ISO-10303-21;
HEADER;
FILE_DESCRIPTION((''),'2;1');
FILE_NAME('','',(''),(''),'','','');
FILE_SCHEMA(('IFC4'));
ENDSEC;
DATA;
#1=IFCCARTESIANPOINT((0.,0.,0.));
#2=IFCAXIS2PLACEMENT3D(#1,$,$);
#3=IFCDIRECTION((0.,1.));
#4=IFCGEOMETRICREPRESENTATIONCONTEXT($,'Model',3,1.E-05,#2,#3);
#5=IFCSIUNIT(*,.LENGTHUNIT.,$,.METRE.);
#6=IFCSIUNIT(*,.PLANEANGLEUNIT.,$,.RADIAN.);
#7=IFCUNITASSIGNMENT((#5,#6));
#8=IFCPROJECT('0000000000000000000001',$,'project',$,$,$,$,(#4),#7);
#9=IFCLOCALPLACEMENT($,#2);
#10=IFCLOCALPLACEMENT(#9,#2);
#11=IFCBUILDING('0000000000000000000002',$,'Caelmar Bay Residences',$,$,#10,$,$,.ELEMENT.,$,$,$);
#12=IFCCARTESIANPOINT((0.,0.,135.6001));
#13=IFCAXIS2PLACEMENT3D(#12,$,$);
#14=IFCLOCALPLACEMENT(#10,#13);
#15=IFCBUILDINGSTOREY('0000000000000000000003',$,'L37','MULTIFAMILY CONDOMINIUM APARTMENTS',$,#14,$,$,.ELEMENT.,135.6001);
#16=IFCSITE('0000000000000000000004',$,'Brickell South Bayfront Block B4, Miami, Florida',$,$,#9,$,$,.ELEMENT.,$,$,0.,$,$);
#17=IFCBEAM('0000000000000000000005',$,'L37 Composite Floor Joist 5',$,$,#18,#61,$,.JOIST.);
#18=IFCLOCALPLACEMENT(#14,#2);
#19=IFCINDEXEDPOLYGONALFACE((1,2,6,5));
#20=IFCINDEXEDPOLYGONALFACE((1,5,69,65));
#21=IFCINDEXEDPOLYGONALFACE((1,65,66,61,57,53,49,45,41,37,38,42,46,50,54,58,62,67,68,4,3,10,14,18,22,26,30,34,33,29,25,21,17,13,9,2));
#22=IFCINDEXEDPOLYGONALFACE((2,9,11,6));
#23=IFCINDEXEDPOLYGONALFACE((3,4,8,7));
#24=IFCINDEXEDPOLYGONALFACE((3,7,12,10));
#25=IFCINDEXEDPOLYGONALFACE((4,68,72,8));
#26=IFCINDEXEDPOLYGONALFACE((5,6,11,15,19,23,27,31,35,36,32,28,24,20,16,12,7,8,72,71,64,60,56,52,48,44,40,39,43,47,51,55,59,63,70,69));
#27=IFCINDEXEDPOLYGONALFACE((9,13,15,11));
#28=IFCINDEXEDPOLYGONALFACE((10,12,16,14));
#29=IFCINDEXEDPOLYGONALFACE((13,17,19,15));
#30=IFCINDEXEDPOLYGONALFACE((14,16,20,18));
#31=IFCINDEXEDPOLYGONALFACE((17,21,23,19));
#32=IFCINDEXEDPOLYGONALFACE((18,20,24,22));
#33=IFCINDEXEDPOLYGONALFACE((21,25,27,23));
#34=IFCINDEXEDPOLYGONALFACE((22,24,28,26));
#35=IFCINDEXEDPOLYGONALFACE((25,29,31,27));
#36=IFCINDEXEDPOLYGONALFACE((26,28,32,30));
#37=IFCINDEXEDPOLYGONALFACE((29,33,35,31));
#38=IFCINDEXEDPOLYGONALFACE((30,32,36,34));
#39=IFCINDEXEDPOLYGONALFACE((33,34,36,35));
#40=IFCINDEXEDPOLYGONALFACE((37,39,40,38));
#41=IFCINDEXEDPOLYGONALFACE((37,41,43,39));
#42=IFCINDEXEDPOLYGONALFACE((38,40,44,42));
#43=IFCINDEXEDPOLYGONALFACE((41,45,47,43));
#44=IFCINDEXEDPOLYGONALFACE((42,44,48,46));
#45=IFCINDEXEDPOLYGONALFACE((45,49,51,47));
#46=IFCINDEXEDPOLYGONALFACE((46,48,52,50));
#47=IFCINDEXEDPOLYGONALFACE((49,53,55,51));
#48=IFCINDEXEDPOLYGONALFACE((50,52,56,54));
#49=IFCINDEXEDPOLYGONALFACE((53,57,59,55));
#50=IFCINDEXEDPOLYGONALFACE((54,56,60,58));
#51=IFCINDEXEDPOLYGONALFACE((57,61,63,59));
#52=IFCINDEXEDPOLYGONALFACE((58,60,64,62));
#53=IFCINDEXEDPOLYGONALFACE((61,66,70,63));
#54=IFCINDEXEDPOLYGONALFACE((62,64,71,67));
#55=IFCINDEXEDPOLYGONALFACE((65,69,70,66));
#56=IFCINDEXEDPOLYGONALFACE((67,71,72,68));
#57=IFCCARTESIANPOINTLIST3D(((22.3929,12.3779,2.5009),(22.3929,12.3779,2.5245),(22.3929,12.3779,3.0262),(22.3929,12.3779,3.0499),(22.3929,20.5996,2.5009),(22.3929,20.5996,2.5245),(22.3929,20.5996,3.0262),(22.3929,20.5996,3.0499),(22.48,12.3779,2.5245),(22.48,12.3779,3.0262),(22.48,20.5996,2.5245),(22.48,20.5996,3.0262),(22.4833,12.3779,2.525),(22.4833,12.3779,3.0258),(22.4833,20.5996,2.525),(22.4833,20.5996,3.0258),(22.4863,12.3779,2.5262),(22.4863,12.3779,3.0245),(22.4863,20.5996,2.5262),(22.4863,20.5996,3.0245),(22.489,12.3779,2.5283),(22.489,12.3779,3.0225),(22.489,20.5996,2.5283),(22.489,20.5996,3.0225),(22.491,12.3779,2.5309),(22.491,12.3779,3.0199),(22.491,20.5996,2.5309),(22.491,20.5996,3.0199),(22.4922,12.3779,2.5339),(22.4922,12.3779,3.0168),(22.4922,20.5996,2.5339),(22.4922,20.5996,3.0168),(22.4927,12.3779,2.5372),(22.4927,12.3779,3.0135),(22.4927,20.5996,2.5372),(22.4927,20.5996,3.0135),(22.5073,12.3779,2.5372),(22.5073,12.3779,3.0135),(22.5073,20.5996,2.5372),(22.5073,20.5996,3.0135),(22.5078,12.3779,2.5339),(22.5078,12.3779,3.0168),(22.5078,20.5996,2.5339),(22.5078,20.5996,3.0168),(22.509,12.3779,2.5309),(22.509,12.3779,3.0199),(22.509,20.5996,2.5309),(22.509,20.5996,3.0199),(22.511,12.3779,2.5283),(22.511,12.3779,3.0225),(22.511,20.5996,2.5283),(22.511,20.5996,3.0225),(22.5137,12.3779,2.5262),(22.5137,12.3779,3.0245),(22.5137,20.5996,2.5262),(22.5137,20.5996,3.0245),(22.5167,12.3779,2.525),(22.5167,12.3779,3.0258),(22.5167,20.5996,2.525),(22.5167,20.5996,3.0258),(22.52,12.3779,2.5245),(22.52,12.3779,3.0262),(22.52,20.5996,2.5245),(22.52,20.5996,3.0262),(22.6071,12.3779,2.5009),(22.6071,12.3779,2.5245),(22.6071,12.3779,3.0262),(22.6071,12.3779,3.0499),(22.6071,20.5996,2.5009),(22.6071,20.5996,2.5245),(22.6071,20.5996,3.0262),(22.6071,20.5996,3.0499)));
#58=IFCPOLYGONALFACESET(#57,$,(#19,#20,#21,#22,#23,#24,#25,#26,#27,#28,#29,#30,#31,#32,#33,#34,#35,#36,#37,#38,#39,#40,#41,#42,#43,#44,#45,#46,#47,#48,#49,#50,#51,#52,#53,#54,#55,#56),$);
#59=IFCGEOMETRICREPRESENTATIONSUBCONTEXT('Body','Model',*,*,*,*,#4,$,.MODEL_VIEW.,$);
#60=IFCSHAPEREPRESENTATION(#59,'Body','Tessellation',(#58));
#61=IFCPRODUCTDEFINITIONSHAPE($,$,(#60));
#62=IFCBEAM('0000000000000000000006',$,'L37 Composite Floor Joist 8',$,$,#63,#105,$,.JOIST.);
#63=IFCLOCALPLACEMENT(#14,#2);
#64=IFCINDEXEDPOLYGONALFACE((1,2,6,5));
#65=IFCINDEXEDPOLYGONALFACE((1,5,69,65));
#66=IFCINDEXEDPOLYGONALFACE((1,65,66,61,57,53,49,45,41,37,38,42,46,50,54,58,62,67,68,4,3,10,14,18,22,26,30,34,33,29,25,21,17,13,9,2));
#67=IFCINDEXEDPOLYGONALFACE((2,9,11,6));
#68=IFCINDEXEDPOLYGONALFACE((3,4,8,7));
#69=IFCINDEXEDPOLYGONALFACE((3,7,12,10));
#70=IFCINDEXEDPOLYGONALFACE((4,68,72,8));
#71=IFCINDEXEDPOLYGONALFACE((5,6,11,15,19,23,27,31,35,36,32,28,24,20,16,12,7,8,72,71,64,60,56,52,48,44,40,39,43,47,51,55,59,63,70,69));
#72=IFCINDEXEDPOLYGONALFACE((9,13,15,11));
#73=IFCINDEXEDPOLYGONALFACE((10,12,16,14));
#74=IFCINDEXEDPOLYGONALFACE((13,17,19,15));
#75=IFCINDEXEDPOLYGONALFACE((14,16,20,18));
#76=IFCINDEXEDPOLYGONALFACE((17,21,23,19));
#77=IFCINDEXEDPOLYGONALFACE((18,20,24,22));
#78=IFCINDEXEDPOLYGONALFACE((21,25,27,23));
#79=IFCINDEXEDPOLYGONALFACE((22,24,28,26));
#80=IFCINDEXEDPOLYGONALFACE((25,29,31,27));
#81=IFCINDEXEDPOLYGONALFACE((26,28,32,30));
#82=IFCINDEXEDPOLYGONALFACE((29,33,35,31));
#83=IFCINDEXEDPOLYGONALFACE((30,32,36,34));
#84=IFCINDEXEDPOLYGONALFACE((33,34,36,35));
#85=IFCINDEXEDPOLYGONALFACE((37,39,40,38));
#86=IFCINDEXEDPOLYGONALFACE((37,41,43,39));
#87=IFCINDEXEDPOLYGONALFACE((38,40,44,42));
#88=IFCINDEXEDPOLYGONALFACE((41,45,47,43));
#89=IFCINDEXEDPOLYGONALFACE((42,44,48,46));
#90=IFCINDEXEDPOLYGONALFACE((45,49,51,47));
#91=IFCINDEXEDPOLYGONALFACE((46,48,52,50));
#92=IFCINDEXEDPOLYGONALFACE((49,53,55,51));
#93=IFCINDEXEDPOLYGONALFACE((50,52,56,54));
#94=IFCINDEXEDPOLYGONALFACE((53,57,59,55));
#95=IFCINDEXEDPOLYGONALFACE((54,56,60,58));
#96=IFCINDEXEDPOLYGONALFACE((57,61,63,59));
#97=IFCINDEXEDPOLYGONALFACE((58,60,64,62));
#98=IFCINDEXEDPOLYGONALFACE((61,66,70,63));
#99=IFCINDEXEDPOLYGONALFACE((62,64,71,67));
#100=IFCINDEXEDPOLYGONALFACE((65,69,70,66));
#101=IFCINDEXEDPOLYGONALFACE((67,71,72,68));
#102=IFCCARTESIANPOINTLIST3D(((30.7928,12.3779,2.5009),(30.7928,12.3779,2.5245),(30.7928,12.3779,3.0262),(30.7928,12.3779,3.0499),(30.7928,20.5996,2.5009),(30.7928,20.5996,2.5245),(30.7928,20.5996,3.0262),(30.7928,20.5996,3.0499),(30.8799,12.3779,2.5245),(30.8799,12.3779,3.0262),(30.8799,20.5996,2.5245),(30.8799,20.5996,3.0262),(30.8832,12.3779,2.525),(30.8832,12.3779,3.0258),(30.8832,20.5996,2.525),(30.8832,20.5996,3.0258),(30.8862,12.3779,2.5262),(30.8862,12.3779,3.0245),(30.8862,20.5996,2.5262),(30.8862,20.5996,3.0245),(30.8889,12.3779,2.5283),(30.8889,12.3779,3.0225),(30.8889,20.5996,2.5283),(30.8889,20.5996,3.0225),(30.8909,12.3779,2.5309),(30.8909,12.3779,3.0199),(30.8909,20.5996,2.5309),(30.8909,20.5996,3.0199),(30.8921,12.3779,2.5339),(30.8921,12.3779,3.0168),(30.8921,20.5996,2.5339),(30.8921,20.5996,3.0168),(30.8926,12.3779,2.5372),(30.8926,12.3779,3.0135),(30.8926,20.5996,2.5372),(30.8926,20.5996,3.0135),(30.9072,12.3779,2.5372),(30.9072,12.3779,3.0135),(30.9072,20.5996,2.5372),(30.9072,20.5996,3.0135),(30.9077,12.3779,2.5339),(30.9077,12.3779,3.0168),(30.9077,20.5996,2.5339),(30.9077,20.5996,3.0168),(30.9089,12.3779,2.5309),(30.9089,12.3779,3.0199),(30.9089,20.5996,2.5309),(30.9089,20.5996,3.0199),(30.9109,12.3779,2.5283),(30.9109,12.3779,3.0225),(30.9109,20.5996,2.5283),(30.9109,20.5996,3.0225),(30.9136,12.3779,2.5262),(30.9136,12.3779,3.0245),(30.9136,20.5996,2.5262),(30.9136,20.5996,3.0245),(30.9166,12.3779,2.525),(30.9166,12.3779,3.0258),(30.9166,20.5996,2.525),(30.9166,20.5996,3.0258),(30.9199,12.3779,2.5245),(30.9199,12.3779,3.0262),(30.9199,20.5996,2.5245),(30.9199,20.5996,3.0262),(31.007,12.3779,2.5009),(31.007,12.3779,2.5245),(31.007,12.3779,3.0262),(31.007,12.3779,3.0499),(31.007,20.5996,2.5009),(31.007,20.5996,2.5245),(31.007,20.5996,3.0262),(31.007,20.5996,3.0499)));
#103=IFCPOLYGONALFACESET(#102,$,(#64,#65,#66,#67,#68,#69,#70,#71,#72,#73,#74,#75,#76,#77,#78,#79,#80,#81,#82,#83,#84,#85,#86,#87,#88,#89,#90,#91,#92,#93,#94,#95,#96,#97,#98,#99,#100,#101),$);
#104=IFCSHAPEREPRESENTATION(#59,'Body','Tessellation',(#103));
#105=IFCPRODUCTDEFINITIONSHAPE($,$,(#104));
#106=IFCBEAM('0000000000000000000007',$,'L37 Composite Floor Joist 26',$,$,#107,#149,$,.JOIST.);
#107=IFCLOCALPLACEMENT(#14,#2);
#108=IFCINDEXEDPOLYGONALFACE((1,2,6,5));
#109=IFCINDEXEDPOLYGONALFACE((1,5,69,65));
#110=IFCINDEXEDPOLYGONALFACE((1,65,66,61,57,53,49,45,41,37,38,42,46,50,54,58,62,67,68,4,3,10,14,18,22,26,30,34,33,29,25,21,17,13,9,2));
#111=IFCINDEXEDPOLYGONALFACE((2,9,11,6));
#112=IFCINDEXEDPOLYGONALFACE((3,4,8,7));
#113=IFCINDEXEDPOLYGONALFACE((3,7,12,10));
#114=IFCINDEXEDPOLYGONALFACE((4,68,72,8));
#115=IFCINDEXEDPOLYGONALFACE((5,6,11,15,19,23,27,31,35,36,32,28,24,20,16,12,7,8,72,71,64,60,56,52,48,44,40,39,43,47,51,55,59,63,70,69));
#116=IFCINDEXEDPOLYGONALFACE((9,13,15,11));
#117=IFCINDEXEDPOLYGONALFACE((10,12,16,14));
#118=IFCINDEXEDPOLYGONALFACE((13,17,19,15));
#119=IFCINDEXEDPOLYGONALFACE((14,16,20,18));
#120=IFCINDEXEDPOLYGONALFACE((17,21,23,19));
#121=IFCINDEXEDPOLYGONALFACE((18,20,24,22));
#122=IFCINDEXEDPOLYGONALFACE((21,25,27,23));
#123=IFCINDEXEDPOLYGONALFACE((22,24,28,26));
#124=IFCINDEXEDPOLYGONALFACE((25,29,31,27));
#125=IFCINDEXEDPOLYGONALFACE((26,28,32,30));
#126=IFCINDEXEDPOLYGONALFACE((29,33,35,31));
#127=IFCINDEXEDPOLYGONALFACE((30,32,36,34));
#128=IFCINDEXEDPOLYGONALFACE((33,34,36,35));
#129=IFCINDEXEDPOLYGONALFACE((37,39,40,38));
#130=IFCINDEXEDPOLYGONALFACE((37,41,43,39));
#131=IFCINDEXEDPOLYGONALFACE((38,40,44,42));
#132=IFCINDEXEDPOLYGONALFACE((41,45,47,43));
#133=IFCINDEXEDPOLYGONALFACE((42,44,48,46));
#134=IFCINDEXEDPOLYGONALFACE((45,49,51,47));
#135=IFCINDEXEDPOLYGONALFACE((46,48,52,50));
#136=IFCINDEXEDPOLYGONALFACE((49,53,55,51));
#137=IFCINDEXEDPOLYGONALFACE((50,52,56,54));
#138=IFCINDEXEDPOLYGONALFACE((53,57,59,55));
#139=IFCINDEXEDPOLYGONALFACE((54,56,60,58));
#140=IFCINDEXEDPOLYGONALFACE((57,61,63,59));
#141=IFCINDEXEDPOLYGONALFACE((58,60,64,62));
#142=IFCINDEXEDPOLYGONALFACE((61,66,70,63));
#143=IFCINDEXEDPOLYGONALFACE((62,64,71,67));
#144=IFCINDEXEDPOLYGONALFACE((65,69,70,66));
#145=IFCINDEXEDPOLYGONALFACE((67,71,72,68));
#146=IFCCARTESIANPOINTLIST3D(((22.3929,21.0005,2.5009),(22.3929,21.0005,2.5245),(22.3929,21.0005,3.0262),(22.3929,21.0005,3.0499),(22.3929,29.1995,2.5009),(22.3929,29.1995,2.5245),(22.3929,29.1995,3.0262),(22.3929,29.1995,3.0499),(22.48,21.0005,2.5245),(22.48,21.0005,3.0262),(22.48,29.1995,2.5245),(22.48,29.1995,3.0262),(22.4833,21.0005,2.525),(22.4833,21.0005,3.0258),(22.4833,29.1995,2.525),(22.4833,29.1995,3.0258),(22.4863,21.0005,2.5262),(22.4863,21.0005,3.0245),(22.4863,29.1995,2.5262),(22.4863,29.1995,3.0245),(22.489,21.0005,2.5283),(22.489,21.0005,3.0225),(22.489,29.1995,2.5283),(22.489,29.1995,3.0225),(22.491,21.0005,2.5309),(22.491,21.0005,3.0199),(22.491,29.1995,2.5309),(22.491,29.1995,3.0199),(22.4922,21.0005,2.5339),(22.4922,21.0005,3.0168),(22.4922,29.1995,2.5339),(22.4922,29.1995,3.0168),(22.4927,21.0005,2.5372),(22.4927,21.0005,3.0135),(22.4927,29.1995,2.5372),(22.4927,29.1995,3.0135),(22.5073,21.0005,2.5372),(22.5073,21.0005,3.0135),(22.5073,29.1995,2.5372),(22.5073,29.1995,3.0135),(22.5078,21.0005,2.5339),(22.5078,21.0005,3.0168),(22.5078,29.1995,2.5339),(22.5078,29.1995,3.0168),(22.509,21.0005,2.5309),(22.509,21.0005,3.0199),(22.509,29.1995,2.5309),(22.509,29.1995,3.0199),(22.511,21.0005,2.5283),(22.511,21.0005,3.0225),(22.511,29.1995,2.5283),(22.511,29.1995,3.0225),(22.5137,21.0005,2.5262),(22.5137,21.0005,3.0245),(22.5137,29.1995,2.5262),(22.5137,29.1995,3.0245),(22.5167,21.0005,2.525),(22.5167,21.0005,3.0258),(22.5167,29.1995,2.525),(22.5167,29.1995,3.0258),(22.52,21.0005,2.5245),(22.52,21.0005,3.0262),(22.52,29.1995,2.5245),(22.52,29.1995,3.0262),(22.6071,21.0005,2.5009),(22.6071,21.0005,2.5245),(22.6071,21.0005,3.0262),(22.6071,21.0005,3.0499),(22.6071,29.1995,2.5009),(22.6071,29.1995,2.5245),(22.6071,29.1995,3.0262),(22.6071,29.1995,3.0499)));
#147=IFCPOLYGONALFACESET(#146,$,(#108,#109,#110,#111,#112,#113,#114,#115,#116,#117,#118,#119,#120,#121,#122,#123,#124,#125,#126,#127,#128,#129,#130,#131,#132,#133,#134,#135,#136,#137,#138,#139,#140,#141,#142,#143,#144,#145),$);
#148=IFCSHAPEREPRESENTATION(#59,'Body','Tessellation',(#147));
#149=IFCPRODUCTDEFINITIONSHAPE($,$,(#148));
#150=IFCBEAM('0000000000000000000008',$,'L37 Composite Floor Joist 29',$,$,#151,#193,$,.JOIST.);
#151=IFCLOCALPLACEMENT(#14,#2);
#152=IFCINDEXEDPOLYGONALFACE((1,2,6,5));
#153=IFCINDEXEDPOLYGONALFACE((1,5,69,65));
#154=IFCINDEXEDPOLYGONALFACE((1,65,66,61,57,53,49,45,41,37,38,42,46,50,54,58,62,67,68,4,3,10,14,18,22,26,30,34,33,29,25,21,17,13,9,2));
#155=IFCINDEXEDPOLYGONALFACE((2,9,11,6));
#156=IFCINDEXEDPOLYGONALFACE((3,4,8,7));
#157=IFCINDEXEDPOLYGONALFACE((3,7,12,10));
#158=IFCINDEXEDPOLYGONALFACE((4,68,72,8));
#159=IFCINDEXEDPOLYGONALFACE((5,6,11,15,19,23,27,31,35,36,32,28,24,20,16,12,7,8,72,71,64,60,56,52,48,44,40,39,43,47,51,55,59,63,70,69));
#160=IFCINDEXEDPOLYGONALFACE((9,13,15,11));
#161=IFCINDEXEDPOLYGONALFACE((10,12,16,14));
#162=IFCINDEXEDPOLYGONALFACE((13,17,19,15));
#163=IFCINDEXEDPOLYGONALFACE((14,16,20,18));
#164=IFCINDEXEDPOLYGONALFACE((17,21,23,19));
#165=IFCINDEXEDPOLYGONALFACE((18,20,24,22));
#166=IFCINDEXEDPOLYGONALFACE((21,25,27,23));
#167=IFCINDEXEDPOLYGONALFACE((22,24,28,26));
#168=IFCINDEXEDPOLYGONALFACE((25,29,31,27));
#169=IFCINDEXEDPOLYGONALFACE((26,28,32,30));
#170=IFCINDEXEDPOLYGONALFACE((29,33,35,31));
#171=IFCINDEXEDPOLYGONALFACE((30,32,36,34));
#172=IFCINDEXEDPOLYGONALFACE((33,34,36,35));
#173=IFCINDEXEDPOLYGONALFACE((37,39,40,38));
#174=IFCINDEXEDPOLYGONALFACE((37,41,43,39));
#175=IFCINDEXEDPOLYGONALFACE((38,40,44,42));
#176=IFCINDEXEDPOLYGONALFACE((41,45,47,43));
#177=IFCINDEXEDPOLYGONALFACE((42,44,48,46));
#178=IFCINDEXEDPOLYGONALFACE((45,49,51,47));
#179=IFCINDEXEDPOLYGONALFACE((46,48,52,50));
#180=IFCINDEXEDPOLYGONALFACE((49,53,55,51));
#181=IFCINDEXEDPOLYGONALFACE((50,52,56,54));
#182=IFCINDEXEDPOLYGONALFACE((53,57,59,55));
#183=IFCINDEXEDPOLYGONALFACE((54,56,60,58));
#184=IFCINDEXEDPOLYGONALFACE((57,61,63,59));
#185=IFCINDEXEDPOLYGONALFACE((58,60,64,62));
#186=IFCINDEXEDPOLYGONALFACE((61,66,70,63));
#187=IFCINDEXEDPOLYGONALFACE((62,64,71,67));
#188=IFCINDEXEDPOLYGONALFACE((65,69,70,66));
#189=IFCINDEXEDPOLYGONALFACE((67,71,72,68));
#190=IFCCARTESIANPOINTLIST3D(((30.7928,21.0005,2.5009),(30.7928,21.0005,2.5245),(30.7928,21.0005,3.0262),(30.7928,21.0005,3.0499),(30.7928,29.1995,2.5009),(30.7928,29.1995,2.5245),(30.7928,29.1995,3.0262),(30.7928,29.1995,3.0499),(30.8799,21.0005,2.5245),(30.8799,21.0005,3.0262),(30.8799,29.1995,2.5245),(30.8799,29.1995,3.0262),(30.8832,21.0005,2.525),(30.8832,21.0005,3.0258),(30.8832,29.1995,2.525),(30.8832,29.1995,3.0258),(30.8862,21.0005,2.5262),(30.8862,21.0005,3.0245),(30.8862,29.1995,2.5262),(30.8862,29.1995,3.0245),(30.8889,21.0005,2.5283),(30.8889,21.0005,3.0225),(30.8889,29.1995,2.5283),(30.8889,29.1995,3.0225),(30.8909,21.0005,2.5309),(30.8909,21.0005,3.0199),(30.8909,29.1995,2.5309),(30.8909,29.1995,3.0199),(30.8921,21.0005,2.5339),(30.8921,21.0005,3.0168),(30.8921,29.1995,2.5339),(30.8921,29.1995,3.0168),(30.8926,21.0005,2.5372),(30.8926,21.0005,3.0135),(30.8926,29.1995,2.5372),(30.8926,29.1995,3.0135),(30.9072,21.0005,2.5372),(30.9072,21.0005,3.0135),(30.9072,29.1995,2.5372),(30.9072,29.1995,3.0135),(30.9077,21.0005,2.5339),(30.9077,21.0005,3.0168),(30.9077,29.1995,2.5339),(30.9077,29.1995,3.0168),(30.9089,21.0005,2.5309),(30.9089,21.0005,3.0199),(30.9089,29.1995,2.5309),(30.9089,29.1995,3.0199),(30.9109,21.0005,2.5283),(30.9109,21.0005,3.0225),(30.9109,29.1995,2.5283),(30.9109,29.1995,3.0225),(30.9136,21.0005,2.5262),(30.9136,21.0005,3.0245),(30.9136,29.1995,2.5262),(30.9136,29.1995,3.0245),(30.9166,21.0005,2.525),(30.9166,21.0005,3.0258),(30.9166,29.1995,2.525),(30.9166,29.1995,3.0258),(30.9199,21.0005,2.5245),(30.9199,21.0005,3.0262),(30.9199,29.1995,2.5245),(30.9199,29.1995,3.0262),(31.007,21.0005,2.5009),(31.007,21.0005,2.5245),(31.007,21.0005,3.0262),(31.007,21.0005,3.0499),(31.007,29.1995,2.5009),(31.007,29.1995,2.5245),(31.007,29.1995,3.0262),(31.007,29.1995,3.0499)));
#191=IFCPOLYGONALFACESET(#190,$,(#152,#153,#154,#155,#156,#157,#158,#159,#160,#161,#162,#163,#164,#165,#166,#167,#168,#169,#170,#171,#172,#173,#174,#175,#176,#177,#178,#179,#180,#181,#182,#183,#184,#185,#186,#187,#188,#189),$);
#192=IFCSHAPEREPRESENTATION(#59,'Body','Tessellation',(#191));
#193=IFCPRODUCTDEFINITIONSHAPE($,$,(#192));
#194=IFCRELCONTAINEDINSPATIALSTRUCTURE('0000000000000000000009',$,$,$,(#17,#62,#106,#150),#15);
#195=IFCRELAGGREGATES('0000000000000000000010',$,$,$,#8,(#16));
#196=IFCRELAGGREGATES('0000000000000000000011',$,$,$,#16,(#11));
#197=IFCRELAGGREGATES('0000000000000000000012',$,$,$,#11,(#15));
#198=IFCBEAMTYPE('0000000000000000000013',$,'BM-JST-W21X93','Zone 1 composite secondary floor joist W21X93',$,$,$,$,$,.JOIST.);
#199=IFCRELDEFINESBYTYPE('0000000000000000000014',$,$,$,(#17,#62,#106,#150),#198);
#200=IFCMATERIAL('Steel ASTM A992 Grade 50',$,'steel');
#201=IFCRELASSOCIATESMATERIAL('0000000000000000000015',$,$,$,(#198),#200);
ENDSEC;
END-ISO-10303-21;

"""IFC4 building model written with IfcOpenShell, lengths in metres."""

from ifc_helpers import new_model, si_unit, direction, frame, origin, origin_2d, place, context, subcontext, project, spatial, i_section, extrude, material, material_profile, profile_set, type_object, element, save


model = new_model("IFC4")

# Units and contexts
model_context = context("Model", 3, precision=1e-05, world=origin(), true_north=direction((0.0, 1.0)))
body_context = subcontext(model_context, "Body", "Model", "MODEL_VIEW")
ifc_project = project(units=[si_unit("LENGTHUNIT", "METRE"), si_unit("PLANEANGLEUNIT", "RADIAN")], contexts=[model_context])

# Site, building, storey
site_placement = place(None, origin())
site = spatial("IfcSite", under=ifc_project, at=site_placement, Name="Brickell South Bayfront Block B4, Miami, Florida", CompositionType="ELEMENT", RefElevation=0.0)
building_placement = place(site_placement, origin())
building = spatial("IfcBuilding", under=site, at=building_placement, Name="Caelmar Bay Residences", CompositionType="ELEMENT")
storey_placement = place(building_placement, frame((0.0, 0.0, 135.6001)))
storey = spatial("IfcBuildingStorey", under=building, at=storey_placement, Name="L37", Description="MULTIFAMILY CONDOMINIUM APARTMENTS", CompositionType="ELEMENT", Elevation=135.6001)

# Beams
ifc_material_1 = material(Name="Steel ASTM A992 Grade 50", Category="steel")
ifc_material_profile_1 = material_profile(ifc_material_1, i_section(OverallWidth=0.2141, OverallDepth=0.5491, WebThickness=0.0146, FlangeThickness=0.0237, FilletRadius=0.0127, at=origin_2d()), Name="W21X93")
ifc_profile_set_1 = profile_set([ifc_material_profile_1], Name="Steel ASTM A992 Grade 50")
beam_type_1 = type_object("IfcBeamType", Name="BM-JST-W21X93", Description="Zone 1 composite secondary floor joist W21X93", PredefinedType="JOIST", material=ifc_profile_set_1)
for number, where, z_axis, x_axis, name in (
    (1, (22.5, 12.3779, 2.7754), (0.0, 1.0, 0.0), (-1.0, 0.0, 0.0), "L37 Composite Floor Joist 5"),
    (2, (30.8999, 12.3779, 2.7754), (0.0, 1.0, 0.0), (-1.0, 0.0, 0.0), "L37 Composite Floor Joist 8"),
):
    element("IfcBeam", number, at=place(storey_placement, frame(where, z_axis=z_axis, x_axis=x_axis)), inside=storey, type_object=beam_type_1, Name=name, PredefinedType="JOIST", context=body_context, shape_type="SweptSolid", body=[
        extrude(i_section(OverallWidth=0.2141, OverallDepth=0.5491, WebThickness=0.0146, FlangeThickness=0.0237, FilletRadius=0.0127, at=origin_2d()), origin(), (0.0, 0.0, 1.0), 8.2217),
    ])
for number, where, z_axis, x_axis, name in (
    (3, (22.5, 21.0005, 2.7754), (0.0, 1.0, 0.0), (-1.0, 0.0, 0.0), "L37 Composite Floor Joist 26"),
    (4, (30.8999, 21.0005, 2.7754), (0.0, 1.0, 0.0), (-1.0, 0.0, 0.0), "L37 Composite Floor Joist 29"),
):
    element("IfcBeam", number, at=place(storey_placement, frame(where, z_axis=z_axis, x_axis=x_axis)), inside=storey, type_object=beam_type_1, Name=name, PredefinedType="JOIST", context=body_context, shape_type="SweptSolid", body=[
        extrude(i_section(OverallWidth=0.2141, OverallDepth=0.5491, WebThickness=0.0146, FlangeThickness=0.0237, FilletRadius=0.0127, at=origin_2d()), origin(), (0.0, 0.0, 1.0), 8.199),
    ])

save(model, "model.ifc")
